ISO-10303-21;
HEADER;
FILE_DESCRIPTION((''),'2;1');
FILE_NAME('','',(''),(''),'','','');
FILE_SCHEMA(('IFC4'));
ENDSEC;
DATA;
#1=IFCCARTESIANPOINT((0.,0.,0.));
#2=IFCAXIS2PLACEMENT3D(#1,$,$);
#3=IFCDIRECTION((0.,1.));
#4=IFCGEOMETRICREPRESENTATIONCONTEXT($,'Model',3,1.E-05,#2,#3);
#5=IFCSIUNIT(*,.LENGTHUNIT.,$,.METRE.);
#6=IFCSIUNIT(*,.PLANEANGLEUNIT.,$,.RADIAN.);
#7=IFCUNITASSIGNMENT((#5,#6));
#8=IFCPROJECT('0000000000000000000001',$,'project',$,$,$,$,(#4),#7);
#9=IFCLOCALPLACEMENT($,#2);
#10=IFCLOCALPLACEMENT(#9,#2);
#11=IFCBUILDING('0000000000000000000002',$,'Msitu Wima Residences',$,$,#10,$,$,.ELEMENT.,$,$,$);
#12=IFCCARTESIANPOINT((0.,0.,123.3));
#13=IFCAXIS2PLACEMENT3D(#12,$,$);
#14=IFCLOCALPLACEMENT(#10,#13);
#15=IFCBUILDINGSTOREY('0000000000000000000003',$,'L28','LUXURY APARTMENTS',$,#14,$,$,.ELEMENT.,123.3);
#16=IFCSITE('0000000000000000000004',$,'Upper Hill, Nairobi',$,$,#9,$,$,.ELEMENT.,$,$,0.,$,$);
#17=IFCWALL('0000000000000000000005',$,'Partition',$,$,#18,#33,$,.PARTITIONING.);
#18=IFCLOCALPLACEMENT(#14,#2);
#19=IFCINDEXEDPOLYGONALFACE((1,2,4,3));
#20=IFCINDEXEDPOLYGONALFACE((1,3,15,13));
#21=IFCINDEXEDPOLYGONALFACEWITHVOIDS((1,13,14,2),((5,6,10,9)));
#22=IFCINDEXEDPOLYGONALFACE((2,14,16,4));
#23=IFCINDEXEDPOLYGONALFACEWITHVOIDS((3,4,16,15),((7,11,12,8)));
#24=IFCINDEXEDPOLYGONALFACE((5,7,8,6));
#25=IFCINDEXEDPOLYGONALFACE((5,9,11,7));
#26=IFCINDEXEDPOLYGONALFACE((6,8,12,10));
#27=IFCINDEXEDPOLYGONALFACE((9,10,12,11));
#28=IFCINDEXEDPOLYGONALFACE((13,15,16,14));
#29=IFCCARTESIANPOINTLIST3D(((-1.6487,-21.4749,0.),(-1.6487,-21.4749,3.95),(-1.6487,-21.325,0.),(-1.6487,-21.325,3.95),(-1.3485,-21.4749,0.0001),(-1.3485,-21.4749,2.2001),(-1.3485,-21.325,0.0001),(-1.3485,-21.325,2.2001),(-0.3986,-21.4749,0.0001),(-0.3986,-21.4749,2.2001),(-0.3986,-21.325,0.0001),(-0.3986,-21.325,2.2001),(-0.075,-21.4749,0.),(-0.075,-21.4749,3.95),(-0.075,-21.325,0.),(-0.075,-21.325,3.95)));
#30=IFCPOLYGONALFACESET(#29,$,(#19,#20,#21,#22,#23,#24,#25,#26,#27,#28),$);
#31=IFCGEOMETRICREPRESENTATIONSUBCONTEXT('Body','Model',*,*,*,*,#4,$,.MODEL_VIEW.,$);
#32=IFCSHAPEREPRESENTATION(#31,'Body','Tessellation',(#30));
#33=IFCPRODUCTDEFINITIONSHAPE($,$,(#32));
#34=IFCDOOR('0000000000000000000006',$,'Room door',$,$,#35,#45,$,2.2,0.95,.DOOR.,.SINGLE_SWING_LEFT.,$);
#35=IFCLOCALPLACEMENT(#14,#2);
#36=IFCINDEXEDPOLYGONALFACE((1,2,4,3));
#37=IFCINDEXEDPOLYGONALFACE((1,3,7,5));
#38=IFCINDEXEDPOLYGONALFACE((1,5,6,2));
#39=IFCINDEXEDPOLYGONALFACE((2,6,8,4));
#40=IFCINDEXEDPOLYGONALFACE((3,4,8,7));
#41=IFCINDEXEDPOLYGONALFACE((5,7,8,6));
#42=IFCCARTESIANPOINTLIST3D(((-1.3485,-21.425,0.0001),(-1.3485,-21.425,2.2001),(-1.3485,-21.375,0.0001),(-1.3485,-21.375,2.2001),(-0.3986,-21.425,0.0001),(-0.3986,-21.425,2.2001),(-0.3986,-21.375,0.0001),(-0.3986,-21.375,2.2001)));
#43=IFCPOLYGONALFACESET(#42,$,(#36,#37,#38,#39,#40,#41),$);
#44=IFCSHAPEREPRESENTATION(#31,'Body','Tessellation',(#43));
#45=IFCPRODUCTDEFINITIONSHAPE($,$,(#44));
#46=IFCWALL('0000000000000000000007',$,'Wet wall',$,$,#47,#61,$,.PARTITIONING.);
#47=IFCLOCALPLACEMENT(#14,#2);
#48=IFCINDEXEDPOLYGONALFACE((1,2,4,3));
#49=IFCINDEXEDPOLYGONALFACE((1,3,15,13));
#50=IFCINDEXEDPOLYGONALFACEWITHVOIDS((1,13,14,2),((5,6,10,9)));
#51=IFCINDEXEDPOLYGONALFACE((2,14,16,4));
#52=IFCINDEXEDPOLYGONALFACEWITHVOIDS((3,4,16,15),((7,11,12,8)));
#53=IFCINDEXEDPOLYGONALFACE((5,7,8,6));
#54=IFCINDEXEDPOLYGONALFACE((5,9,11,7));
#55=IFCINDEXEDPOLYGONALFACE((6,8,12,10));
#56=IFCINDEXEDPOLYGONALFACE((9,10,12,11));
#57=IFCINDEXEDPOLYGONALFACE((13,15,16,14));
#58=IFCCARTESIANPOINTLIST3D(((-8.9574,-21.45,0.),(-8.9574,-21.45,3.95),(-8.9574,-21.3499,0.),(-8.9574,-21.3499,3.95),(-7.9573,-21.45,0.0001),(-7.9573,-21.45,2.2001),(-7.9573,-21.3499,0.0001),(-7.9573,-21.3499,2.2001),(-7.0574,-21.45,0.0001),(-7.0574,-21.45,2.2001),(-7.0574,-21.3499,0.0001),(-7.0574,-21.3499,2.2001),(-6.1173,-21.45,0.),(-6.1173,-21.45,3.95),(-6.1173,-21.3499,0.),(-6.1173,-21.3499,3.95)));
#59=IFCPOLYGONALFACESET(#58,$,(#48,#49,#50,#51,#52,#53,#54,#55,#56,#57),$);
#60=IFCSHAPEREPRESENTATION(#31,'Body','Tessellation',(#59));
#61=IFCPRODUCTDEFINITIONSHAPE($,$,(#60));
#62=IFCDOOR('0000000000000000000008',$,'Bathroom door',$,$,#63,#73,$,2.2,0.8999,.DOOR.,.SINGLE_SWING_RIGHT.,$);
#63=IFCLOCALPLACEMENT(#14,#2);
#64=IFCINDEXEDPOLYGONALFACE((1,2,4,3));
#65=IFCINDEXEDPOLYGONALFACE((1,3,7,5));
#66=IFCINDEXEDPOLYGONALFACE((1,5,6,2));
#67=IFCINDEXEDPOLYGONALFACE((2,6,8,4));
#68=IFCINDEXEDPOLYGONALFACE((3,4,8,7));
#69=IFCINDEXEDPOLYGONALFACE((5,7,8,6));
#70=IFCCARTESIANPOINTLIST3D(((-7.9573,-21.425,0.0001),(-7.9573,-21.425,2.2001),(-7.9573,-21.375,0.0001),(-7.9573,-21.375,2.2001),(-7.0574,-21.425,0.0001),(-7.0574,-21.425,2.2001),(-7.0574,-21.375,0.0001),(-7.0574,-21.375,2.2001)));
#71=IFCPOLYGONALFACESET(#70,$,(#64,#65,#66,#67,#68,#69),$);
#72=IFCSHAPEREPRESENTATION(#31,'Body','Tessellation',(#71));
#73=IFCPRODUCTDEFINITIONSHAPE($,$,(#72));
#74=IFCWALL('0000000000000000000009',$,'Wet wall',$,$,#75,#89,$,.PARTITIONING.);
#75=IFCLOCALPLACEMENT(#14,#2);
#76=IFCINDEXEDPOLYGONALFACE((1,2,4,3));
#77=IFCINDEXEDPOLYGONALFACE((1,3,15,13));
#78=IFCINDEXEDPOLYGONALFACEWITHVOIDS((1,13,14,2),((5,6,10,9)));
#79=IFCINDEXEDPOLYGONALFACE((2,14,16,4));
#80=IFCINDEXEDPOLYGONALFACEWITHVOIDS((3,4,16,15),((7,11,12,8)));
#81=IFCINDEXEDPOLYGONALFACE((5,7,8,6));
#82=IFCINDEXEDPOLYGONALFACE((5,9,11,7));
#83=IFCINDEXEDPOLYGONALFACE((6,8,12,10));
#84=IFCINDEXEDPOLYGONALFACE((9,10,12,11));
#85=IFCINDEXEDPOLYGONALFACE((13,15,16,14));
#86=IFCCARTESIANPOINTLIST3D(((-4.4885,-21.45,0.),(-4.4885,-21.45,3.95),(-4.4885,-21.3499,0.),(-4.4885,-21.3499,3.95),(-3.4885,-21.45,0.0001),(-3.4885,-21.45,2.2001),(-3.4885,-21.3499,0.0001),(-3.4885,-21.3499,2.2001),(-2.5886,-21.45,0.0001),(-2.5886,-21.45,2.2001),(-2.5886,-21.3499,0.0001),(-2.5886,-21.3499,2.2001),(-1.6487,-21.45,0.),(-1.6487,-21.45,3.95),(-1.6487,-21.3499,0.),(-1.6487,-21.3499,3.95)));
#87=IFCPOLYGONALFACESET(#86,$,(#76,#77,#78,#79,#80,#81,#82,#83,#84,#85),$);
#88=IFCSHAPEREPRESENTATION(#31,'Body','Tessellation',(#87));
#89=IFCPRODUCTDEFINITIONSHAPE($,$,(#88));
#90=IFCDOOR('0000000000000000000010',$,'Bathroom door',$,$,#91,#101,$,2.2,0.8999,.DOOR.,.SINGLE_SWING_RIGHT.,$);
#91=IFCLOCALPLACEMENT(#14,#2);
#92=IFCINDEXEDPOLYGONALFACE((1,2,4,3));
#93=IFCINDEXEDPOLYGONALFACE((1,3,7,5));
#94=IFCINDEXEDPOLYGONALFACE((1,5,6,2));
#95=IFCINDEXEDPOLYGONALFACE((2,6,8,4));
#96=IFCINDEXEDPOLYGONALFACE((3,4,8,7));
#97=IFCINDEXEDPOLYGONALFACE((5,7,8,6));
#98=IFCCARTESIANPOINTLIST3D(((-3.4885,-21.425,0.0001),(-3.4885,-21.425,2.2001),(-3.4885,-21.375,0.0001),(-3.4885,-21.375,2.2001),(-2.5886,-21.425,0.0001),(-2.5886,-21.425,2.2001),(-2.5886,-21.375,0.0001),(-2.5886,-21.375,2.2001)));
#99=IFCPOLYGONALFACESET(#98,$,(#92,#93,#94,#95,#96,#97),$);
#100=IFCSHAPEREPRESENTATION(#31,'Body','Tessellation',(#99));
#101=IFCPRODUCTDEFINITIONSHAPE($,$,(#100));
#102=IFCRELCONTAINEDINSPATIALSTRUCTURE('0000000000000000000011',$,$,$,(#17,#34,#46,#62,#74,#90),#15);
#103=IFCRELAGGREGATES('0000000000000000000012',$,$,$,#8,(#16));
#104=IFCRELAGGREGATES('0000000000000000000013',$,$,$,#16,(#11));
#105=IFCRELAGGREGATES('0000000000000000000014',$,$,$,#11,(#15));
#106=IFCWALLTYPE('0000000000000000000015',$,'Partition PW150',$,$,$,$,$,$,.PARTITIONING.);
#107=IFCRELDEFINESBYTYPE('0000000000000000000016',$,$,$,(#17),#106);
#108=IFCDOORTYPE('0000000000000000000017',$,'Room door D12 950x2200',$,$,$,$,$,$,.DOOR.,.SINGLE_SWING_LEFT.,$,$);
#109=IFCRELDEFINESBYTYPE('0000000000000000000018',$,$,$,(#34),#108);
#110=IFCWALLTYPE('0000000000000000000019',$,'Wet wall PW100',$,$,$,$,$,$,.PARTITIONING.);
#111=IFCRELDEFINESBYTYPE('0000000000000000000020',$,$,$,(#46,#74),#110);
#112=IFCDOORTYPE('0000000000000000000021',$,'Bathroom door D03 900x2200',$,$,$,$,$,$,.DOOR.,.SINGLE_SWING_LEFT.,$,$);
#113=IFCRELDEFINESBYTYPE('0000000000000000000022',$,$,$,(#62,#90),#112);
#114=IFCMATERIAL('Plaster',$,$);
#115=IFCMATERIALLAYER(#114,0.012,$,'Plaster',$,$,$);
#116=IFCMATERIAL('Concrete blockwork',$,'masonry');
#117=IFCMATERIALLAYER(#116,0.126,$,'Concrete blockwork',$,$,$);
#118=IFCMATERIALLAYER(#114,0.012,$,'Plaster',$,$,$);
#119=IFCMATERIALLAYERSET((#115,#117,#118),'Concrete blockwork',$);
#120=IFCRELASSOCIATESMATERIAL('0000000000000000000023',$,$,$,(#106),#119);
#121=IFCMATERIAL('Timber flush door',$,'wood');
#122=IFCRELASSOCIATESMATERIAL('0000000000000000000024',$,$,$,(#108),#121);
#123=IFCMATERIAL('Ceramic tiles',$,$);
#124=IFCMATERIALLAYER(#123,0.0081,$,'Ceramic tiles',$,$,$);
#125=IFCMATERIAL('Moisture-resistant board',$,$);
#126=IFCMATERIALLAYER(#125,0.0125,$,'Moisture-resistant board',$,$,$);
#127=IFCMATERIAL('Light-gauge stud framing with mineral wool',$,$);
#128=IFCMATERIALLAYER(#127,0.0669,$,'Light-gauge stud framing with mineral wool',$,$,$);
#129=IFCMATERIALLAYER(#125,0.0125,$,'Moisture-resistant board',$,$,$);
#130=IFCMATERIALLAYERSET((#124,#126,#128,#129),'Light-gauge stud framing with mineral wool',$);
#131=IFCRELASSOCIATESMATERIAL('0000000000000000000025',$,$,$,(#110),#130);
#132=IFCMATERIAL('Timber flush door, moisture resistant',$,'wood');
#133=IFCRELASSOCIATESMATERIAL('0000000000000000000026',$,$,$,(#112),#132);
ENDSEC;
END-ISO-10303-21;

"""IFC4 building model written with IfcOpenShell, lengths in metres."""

from ifc_helpers import new_model, si_unit, direction, frame, frame_2d, origin, place, context, subcontext, project, spatial, rectangle, extrude, material, layer, layer_set, type_object, element, fill, save


model = new_model("IFC4")

# Units and contexts
model_context = context("Model", 3, precision=1e-05, world=origin(), true_north=direction((0.0, 1.0)))
body_context = subcontext(model_context, "Body", "Model", "MODEL_VIEW")
ifc_project = project(units=[si_unit("LENGTHUNIT", "METRE"), si_unit("PLANEANGLEUNIT", "RADIAN")], contexts=[model_context])

# Site, building, storey
site_placement = place(None, origin())
site = spatial("IfcSite", under=ifc_project, at=site_placement, Name="Upper Hill, Nairobi", CompositionType="ELEMENT", RefElevation=0.0)
building_placement = place(site_placement, origin())
building = spatial("IfcBuilding", under=site, at=building_placement, Name="Msitu Wima Residences", CompositionType="ELEMENT")
storey_placement = place(building_placement, frame((0.0, 0.0, 123.3)))
storey = spatial("IfcBuildingStorey", under=building, at=storey_placement, Name="L28", Description="LUXURY APARTMENTS", CompositionType="ELEMENT", Elevation=123.3)

# Shared definitions
ifc_material_1 = material(Name="Plaster")
ifc_layer_1 = layer(ifc_material_1, 0.012, Name="Plaster")
ifc_material_2 = material(Name="Concrete blockwork", Category="masonry")
ifc_layer_2 = layer(ifc_material_2, 0.126, Name="Concrete blockwork")
ifc_layer_3 = layer(ifc_material_1, 0.012, Name="Plaster")
ifc_layer_set_1 = layer_set([ifc_layer_1, ifc_layer_2, ifc_layer_3], Name="Concrete blockwork")
wall_type_1 = type_object("IfcWallType", Name="Partition PW150", PredefinedType="PARTITIONING", material=ifc_layer_set_1)

# Shared definitions
ifc_material_3 = material(Name="Timber flush door", Category="wood")
door_type_1 = type_object("IfcDoorType", Name="Room door D12 950x2200", OperationType="SINGLE_SWING_LEFT", PredefinedType="DOOR", material=ifc_material_3)

# Walls, openings, doors
wall_1_placement = place(storey_placement, frame((-1.6487, -21.3999, 0.0), z_axis=(0.0, 0.0, 1.0), x_axis=(1.0, 0.0, 0.0)))
wall_1 = element("IfcWall", 1, at=wall_1_placement, inside=storey, type_object=wall_type_1, Name="Partition", PredefinedType="PARTITIONING", context=body_context, shape_type="SweptSolid", body=[
    extrude(rectangle(XDim=1.5737, YDim=0.1499, at=frame_2d((0.7869, 0.0))), origin(), (0.0, 0.0, 1.0), 3.95),
])
opening_1_placement = place(wall_1_placement, frame((0.3, 0.0, 0.0)))
opening_1 = element("IfcOpeningElement", 2, at=opening_1_placement, cuts=wall_1, PredefinedType="OPENING", context=body_context, shape_type="SweptSolid", body=[
    extrude(rectangle(XDim=0.95, YDim=2.2, at=frame_2d((0.4751, 1.1001))), frame((0.0, 0.085, 0.0), z_axis=(0.0, -1.0, 0.0), x_axis=(1.0, 0.0, 0.0)), (0.0, 0.0, 1.0), 0.1699),
])
door_1_placement = place(opening_1_placement, origin())
door_1 = element("IfcDoor", 3, at=door_1_placement, inside=storey, type_object=door_type_1, Name="Room door", OperationType="SINGLE_SWING_LEFT", OverallHeight=2.2, OverallWidth=0.95, PredefinedType="DOOR", context=body_context, shape_type="SweptSolid", body=[
    extrude(rectangle(XDim=0.95, YDim=2.2, at=frame_2d((0.4751, 1.1001))), frame((0.0, 0.0249, 0.0), z_axis=(0.0, -1.0, 0.0), x_axis=(1.0, 0.0, 0.0)), (0.0, 0.0, 1.0), 0.05),
])
fill(opening_1, door_1)
ifc_material_4 = material(Name="Ceramic tiles")
ifc_layer_4 = layer(ifc_material_4, 0.0081, Name="Ceramic tiles")
ifc_material_5 = material(Name="Moisture-resistant board")
ifc_layer_5 = layer(ifc_material_5, 0.0125, Name="Moisture-resistant board")
ifc_material_6 = material(Name="Light-gauge stud framing with mineral wool")
ifc_layer_6 = layer(ifc_material_6, 0.0669, Name="Light-gauge stud framing with mineral wool")
ifc_layer_7 = layer(ifc_material_5, 0.0125, Name="Moisture-resistant board")
ifc_layer_set_2 = layer_set([ifc_layer_4, ifc_layer_5, ifc_layer_6, ifc_layer_7], Name="Light-gauge stud framing with mineral wool")
wall_type_2 = type_object("IfcWallType", Name="Wet wall PW100", PredefinedType="PARTITIONING", material=ifc_layer_set_2)
wall_2_placement = place(storey_placement, frame((-8.9573, -21.3999, 0.0), z_axis=(0.0, 0.0, 1.0), x_axis=(1.0, 0.0, 0.0)))
wall_2 = element("IfcWall", 4, at=wall_2_placement, inside=storey, type_object=wall_type_2, Name="Wet wall", PredefinedType="PARTITIONING", context=body_context, shape_type="SweptSolid", body=[
    extrude(rectangle(XDim=2.8401, YDim=0.1001, at=frame_2d((1.4199, 0.0))), origin(), (0.0, 0.0, 1.0), 3.95),
])
opening_2_placement = place(wall_2_placement, frame((1.0, 0.0, 0.0)))
opening_2 = element("IfcOpeningElement", 5, at=opening_2_placement, cuts=wall_2, PredefinedType="OPENING", context=body_context, shape_type="SweptSolid", body=[
    extrude(rectangle(XDim=0.8999, YDim=2.2, at=frame_2d((0.45, 1.1001))), frame((0.0, 0.0601, 0.0), z_axis=(0.0, -1.0, 0.0), x_axis=(1.0, 0.0, 0.0)), (0.0, 0.0, 1.0), 0.1201),
])
ifc_material_7 = material(Name="Timber flush door, moisture resistant", Category="wood")
door_type_2 = type_object("IfcDoorType", Name="Bathroom door D03 900x2200", OperationType="SINGLE_SWING_LEFT", PredefinedType="DOOR", material=ifc_material_7)
door_2_placement = place(opening_2_placement, origin())
door_2 = element("IfcDoor", 6, at=door_2_placement, inside=storey, type_object=door_type_2, Name="Bathroom door", OperationType="SINGLE_SWING_RIGHT", OverallHeight=2.2, OverallWidth=0.8999, PredefinedType="DOOR", context=body_context, shape_type="SweptSolid", body=[
    extrude(rectangle(XDim=0.8999, YDim=2.2, at=frame_2d((0.45, 1.1001))), frame((0.0, 0.0249, 0.0), z_axis=(0.0, -1.0, 0.0), x_axis=(1.0, 0.0, 0.0)), (0.0, 0.0, 1.0), 0.05),
])
fill(opening_2, door_2)
wall_3_placement = place(storey_placement, frame((-4.4885, -21.3999, 0.0), z_axis=(0.0, 0.0, 1.0), x_axis=(1.0, 0.0, 0.0)))
wall_3 = element("IfcWall", 7, at=wall_3_placement, inside=storey, type_object=wall_type_2, Name="Wet wall", PredefinedType="PARTITIONING", context=body_context, shape_type="SweptSolid", body=[
    extrude(rectangle(XDim=2.8398, YDim=0.1001, at=frame_2d((1.4199, 0.0))), origin(), (0.0, 0.0, 1.0), 3.95),
])
opening_3_placement = place(wall_3_placement, frame((1.0, 0.0, 0.0)))
opening_3 = element("IfcOpeningElement", 8, at=opening_3_placement, cuts=wall_3, PredefinedType="OPENING", context=body_context, shape_type="SweptSolid", body=[
    extrude(rectangle(XDim=0.8999, YDim=2.2, at=frame_2d((0.45, 1.1001))), frame((0.0, 0.0601, 0.0), z_axis=(0.0, -1.0, 0.0), x_axis=(1.0, 0.0, 0.0)), (0.0, 0.0, 1.0), 0.1201),
])
door_3_placement = place(opening_3_placement, origin())
door_3 = element("IfcDoor", 9, at=door_3_placement, inside=storey, type_object=door_type_2, Name="Bathroom door", OperationType="SINGLE_SWING_RIGHT", OverallHeight=2.2, OverallWidth=0.8999, PredefinedType="DOOR", context=body_context, shape_type="SweptSolid", body=[
    extrude(rectangle(XDim=0.8999, YDim=2.2, at=frame_2d((0.45, 1.1001))), frame((0.0, 0.0249, 0.0), z_axis=(0.0, -1.0, 0.0), x_axis=(1.0, 0.0, 0.0)), (0.0, 0.0, 1.0), 0.05),
])
fill(opening_3, door_3)

save(model, "model.ifc")
